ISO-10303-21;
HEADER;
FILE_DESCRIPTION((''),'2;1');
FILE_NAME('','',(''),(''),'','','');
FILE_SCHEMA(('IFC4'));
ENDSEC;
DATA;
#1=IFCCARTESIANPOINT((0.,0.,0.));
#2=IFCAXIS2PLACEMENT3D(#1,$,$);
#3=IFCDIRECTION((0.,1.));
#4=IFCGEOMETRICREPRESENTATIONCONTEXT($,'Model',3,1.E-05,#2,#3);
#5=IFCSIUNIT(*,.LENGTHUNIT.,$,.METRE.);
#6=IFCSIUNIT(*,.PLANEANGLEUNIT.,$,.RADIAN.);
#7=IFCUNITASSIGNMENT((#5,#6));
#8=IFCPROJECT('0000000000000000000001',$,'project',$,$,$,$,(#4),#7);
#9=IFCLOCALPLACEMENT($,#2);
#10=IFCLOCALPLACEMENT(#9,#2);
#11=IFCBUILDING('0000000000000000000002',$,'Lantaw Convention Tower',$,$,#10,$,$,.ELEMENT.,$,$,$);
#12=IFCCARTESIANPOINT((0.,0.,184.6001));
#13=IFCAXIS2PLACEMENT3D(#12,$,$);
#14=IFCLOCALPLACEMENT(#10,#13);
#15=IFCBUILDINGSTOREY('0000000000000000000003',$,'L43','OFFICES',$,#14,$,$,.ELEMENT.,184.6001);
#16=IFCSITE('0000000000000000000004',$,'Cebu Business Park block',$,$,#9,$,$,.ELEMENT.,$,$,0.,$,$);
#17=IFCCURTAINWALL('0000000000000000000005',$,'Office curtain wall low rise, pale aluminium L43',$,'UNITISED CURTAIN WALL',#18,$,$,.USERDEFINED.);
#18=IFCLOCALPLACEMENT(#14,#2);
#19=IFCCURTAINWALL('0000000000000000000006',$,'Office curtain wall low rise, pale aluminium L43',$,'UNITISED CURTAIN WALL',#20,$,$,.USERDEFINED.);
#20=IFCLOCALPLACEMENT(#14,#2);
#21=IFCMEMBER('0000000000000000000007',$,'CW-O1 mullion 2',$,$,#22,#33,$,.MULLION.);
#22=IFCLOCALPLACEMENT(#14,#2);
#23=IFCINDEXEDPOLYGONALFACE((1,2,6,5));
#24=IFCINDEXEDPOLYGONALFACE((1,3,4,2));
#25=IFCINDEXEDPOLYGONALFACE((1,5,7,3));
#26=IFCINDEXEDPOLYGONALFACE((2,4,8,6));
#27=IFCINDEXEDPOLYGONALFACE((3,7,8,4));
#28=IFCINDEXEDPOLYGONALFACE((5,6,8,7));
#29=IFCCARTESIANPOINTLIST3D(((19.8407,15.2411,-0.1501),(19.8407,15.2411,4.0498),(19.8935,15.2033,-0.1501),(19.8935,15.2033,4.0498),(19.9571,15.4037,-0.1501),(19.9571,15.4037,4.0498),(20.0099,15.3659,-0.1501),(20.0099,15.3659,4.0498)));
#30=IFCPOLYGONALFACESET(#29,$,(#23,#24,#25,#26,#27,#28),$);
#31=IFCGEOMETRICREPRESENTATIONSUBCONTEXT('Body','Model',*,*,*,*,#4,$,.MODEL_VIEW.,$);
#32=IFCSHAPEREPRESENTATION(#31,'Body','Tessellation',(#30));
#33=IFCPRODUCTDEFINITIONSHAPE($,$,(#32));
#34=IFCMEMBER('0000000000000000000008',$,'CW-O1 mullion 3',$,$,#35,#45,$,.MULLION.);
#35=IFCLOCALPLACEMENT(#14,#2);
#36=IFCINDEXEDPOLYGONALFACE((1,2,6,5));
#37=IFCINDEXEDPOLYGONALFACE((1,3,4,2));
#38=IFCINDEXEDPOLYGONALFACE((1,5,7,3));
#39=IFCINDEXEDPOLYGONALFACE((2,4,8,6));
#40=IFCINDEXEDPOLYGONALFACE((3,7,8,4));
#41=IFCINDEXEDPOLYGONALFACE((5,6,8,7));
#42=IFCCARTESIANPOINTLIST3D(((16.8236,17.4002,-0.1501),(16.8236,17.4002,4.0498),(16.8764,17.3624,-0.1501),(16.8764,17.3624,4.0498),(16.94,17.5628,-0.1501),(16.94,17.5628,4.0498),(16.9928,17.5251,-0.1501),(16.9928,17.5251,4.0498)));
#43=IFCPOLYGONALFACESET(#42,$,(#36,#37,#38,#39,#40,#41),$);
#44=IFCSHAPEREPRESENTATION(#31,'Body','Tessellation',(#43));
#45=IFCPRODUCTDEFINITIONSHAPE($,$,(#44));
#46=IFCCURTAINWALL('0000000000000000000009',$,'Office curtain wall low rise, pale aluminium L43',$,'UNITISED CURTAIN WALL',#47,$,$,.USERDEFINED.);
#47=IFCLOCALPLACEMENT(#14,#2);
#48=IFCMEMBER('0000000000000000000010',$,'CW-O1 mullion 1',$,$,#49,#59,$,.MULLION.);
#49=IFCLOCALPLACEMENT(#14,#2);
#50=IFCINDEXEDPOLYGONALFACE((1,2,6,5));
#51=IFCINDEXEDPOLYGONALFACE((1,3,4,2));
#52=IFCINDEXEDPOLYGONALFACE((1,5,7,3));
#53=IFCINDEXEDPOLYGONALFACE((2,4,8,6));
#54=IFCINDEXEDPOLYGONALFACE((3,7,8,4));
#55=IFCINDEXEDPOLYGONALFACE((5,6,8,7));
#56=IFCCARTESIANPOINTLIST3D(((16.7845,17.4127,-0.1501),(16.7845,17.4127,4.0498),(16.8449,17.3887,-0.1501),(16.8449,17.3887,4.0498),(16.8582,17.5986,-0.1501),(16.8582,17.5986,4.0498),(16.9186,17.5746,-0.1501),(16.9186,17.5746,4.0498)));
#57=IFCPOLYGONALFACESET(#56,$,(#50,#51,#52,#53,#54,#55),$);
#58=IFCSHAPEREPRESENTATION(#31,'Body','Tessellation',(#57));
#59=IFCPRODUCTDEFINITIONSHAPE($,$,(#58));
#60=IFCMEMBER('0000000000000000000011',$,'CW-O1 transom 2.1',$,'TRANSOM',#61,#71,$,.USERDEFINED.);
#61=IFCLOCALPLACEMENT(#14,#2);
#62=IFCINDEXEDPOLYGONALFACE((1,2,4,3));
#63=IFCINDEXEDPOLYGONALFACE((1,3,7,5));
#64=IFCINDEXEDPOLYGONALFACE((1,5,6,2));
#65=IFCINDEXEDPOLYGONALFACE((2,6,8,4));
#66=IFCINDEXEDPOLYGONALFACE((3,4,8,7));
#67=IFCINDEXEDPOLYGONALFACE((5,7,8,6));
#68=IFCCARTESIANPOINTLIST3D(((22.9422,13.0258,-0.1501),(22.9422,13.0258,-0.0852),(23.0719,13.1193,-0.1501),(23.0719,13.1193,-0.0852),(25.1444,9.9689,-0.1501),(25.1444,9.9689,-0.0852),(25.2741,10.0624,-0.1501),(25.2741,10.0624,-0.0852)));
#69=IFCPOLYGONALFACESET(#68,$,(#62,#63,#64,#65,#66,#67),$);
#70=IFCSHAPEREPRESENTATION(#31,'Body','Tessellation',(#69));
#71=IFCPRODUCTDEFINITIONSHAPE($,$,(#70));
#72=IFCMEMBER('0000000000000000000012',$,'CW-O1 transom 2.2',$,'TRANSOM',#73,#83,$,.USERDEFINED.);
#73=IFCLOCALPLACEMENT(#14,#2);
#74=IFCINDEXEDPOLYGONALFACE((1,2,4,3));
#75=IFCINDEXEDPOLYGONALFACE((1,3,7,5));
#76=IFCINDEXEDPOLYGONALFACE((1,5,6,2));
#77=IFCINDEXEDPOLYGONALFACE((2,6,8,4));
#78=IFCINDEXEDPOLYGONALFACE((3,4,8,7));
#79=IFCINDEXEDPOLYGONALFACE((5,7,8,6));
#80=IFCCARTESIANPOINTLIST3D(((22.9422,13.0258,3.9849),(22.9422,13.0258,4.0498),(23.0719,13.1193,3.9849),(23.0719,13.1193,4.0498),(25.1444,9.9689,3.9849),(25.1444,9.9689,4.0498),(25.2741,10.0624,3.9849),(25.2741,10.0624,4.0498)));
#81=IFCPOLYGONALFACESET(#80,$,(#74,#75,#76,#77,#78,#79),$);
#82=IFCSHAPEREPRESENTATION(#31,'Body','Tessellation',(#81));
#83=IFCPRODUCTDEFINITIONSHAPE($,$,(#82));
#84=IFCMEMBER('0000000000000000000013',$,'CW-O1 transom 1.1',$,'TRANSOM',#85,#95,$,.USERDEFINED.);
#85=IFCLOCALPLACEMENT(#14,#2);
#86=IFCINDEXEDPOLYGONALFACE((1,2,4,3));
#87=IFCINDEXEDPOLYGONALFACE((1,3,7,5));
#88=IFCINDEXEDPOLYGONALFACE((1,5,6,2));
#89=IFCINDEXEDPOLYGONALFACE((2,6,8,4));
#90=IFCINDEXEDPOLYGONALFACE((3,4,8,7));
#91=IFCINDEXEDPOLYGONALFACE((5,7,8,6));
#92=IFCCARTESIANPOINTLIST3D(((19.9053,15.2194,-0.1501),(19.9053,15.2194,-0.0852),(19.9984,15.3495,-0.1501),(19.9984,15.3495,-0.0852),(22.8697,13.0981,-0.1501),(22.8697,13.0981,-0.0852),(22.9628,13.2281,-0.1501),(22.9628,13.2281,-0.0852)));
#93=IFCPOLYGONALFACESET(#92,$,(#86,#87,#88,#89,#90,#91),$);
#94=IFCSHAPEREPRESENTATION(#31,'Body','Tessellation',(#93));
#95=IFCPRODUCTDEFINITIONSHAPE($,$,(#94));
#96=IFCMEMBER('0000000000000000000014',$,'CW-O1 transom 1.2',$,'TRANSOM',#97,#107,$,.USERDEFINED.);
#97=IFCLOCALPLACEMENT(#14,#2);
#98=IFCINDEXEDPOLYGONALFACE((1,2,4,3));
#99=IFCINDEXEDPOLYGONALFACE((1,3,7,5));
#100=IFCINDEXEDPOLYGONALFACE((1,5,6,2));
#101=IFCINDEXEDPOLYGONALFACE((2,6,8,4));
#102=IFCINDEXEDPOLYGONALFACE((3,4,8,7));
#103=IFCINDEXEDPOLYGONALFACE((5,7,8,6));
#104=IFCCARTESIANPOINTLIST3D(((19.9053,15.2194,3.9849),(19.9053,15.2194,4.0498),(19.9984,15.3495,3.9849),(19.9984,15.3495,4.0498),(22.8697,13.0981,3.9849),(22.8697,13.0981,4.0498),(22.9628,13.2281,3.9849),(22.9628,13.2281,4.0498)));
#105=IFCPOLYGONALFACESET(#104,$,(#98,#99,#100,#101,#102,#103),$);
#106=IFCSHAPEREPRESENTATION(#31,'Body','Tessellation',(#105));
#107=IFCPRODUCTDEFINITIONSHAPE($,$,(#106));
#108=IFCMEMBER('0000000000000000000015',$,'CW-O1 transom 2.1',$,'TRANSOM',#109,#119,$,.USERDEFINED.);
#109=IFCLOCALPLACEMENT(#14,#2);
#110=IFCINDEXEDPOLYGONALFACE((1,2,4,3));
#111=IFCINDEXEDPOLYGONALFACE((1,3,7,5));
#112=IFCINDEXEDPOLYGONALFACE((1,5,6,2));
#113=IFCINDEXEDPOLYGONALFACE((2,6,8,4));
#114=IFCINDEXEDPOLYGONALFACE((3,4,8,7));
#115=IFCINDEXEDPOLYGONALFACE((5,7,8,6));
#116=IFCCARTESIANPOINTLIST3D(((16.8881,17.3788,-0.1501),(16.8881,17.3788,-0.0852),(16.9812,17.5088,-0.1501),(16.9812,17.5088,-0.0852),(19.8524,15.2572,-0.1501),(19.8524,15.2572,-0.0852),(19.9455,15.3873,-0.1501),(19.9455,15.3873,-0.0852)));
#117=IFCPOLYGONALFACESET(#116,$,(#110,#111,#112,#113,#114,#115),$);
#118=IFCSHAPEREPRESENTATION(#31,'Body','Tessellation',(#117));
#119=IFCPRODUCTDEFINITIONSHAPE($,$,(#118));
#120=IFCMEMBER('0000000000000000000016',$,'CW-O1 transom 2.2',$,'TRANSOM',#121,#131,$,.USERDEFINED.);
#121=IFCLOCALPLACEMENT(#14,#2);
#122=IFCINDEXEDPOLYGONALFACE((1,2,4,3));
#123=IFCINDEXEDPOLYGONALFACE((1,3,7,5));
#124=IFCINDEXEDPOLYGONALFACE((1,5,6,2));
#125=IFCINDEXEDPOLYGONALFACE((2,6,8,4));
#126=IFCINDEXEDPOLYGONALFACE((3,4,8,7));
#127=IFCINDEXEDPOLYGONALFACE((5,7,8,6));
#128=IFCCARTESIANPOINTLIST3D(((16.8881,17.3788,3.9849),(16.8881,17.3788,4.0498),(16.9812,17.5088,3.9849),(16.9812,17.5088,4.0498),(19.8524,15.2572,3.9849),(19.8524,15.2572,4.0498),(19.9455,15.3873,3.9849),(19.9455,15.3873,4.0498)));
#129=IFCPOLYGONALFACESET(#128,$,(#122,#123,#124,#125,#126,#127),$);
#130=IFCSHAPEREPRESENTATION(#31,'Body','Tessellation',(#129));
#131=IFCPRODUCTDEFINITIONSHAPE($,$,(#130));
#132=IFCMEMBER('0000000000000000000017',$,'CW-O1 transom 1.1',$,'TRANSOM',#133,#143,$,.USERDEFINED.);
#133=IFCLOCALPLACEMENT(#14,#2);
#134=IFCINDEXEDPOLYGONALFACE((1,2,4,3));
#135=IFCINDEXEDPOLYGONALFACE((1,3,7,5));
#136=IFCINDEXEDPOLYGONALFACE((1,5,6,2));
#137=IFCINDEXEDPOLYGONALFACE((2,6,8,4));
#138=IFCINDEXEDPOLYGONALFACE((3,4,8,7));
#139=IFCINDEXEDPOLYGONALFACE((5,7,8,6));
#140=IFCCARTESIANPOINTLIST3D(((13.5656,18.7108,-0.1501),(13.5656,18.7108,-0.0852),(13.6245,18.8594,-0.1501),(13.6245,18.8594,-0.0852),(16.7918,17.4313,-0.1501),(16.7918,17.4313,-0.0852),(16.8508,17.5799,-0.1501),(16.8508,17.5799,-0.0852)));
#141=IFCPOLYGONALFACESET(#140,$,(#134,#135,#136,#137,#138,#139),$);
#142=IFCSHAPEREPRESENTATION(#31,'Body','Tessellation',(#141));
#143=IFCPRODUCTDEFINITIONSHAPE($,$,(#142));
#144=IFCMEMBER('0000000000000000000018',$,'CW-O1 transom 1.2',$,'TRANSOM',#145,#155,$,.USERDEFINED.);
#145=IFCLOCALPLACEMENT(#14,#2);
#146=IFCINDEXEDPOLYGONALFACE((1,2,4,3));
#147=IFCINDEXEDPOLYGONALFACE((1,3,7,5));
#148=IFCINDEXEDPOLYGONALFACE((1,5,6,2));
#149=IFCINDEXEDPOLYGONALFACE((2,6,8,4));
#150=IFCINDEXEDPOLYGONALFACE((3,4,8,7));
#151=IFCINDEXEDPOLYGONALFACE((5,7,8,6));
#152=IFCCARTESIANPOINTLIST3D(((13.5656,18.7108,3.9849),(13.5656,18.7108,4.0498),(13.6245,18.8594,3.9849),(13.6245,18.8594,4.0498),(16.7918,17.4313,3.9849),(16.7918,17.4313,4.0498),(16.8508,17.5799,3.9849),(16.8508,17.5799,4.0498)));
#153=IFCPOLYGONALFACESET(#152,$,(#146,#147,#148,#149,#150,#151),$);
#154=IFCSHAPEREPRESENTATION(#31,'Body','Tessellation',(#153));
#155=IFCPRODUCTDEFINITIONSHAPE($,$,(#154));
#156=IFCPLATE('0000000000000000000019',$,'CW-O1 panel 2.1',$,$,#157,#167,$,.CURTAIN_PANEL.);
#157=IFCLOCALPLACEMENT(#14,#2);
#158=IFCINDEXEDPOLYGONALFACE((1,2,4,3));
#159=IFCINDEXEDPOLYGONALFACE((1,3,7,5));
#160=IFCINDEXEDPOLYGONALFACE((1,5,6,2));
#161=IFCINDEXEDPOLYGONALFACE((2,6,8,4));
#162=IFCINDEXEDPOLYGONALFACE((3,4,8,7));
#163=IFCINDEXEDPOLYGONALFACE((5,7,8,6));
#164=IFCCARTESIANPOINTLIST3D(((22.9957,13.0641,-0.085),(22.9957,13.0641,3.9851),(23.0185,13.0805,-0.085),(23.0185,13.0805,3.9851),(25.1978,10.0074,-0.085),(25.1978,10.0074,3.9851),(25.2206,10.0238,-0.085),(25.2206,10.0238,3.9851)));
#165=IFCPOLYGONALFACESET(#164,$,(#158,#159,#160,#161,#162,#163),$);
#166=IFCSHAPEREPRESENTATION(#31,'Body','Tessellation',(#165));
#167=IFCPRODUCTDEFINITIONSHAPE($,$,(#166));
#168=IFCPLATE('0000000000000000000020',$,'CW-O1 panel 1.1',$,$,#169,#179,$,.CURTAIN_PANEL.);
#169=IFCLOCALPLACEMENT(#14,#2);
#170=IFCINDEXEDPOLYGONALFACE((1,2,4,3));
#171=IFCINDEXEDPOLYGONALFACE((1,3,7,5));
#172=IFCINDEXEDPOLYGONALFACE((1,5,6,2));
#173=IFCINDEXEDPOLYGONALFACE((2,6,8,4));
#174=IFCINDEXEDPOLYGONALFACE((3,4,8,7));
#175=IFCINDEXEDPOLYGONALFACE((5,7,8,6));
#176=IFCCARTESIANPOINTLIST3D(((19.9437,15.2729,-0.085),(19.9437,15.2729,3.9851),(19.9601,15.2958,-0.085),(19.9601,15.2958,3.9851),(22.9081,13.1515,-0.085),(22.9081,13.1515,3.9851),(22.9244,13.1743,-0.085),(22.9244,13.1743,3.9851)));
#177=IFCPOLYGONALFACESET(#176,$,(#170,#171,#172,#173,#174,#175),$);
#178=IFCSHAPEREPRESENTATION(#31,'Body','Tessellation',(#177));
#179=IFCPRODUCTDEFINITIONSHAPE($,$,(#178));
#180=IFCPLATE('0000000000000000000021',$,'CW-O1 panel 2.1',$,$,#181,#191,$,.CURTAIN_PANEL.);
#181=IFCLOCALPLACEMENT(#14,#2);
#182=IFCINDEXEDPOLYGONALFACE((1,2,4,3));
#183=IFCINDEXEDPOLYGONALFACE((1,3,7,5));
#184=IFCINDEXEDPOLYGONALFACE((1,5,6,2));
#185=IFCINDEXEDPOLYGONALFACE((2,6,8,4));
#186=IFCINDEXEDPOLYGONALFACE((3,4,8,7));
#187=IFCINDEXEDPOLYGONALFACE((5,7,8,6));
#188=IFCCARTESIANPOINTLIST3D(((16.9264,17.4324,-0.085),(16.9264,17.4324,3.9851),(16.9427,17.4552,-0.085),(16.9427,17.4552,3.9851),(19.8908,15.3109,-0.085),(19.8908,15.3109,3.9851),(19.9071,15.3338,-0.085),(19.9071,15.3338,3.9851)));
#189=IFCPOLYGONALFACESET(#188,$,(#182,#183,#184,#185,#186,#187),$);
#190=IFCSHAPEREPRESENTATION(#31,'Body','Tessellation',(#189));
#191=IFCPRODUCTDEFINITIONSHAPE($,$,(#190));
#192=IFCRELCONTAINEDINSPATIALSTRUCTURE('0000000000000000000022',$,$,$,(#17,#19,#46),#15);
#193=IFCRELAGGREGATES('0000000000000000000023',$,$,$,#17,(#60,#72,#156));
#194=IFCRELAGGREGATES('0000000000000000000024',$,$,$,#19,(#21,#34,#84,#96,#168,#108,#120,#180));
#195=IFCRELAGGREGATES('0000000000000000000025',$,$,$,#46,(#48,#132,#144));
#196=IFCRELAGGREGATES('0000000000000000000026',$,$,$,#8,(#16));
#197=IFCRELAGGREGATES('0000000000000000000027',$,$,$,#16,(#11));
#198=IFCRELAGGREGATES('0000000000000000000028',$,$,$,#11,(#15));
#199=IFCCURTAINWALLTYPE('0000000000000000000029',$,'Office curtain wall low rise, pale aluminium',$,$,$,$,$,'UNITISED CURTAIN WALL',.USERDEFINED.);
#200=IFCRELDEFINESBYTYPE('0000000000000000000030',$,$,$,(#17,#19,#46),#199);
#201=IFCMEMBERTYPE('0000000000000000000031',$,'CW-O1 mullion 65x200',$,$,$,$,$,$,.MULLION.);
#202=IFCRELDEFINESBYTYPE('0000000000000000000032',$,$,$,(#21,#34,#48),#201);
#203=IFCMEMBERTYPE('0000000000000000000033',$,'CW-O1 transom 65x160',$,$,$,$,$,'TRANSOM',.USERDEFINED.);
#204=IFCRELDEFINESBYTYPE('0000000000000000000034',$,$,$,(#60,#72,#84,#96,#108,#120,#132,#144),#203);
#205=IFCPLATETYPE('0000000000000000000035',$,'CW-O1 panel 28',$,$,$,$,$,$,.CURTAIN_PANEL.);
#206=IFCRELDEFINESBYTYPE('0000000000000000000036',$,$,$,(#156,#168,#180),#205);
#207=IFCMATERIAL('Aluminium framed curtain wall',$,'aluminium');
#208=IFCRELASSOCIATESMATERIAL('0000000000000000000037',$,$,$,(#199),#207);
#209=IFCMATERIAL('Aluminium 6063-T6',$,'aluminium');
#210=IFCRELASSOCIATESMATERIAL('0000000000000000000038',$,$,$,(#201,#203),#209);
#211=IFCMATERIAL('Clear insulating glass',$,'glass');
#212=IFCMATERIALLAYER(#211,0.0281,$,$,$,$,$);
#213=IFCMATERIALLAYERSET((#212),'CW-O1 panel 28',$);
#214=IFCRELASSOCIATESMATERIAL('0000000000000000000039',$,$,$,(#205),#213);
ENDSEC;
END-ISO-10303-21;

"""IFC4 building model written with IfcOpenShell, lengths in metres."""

from ifc_helpers import new_model, si_unit, direction, frame, origin, origin_2d, place, context, subcontext, project, spatial, rectangle, extrude, material, layer, layer_set, material_profile, profile_set, type_object, element, aggregate, save


model = new_model("IFC4")

# Units and contexts
model_context = context("Model", 3, precision=1e-05, world=origin(), true_north=direction((0.0, 1.0)))
body_context = subcontext(model_context, "Body", "Model", "MODEL_VIEW")
ifc_project = project(units=[si_unit("LENGTHUNIT", "METRE"), si_unit("PLANEANGLEUNIT", "RADIAN")], contexts=[model_context])

# Site, building, storey
site_placement = place(None, origin())
site = spatial("IfcSite", under=ifc_project, at=site_placement, Name="Cebu Business Park block", CompositionType="ELEMENT", RefElevation=0.0)
building_placement = place(site_placement, origin())
building = spatial("IfcBuilding", under=site, at=building_placement, Name="Lantaw Convention Tower", CompositionType="ELEMENT")
storey_placement = place(building_placement, frame((0.0, 0.0, 184.6001)))
storey = spatial("IfcBuildingStorey", under=building, at=storey_placement, Name="L43", Description="OFFICES", CompositionType="ELEMENT", Elevation=184.6001)

# Curtain walls, members
ifc_material_1 = material(Name="Aluminium framed curtain wall", Category="aluminium")
curtain_wall_type = type_object("IfcCurtainWallType", Name="Office curtain wall low rise, pale aluminium", ElementType="UNITISED CURTAIN WALL", PredefinedType="USERDEFINED", material=ifc_material_1)
curtain_wall_1_placement = place(storey_placement, origin())
curtain_wall_1 = element("IfcCurtainWall", 1, at=curtain_wall_1_placement, inside=storey, type_object=curtain_wall_type, Name="Office curtain wall low rise, pale aluminium L43", ObjectType="UNITISED CURTAIN WALL", PredefinedType="USERDEFINED")
ifc_material_2 = material(Name="Aluminium 6063-T6", Category="aluminium")
ifc_material_profile_1 = material_profile(ifc_material_2, rectangle(XDim=0.2, YDim=0.0649, at=origin_2d()), Name="CW-O1 mullion 65x200")
ifc_profile_set_1 = profile_set([ifc_material_profile_1], Name="Aluminium 6063-T6")
member_type_1 = type_object("IfcMemberType", Name="CW-O1 mullion 65x200", PredefinedType="MULLION", material=ifc_profile_set_1)
curtain_wall_2_placement = place(storey_placement, origin())
curtain_wall_2 = element("IfcCurtainWall", 2, at=curtain_wall_2_placement, inside=storey, type_object=curtain_wall_type, Name="Office curtain wall low rise, pale aluminium L43", ObjectType="UNITISED CURTAIN WALL", PredefinedType="USERDEFINED")
member_1_placement = place(storey_placement, frame((19.9253, 15.3035, -0.1501), z_axis=(0.0, 0.0, 1.0), x_axis=(-0.581973, -0.813208, 0.0)))
member_1 = element("IfcMember", 3, at=member_1_placement, type_object=member_type_1, Name="CW-O1 mullion 2", PredefinedType="MULLION", context=body_context, shape_type="SweptSolid", body=[
    extrude(rectangle(XDim=0.2, YDim=0.0649, at=origin_2d()), origin(), (0.0, 0.0, 1.0), 4.2),
])
member_2_placement = place(storey_placement, frame((16.9082, 17.4626, -0.1501), z_axis=(0.0, 0.0, 1.0), x_axis=(-0.581973, -0.813208, 0.0)))
member_2 = element("IfcMember", 4, at=member_2_placement, type_object=member_type_1, Name="CW-O1 mullion 3", PredefinedType="MULLION", context=body_context, shape_type="SweptSolid", body=[
    extrude(rectangle(XDim=0.2, YDim=0.0649, at=origin_2d()), origin(), (0.0, 0.0, 1.0), 4.2),
])

# Curtain wall, member
curtain_wall_3_placement = place(storey_placement, origin())
curtain_wall_3 = element("IfcCurtainWall", 5, at=curtain_wall_3_placement, inside=storey, type_object=curtain_wall_type, Name="Office curtain wall low rise, pale aluminium L43", ObjectType="UNITISED CURTAIN WALL", PredefinedType="USERDEFINED")
member_3_placement = place(storey_placement, frame((16.8516, 17.4937, -0.1501), z_axis=(0.0, 0.0, 1.0), x_axis=(-0.368702, -0.929548, 0.0)))
member_3 = element("IfcMember", 6, at=member_3_placement, type_object=member_type_1, Name="CW-O1 mullion 1", PredefinedType="MULLION", context=body_context, shape_type="SweptSolid", body=[
    extrude(rectangle(XDim=0.2, YDim=0.0649, at=origin_2d()), origin(), (0.0, 0.0, 1.0), 4.2),
])

# Members
ifc_material_profile_2 = material_profile(ifc_material_2, rectangle(XDim=0.1599, YDim=0.0649, at=origin_2d()), Name="CW-O1 transom 65x160")
ifc_profile_set_2 = profile_set([ifc_material_profile_2], Name="Aluminium 6063-T6")
member_type_2 = type_object("IfcMemberType", Name="CW-O1 transom 65x160", ElementType="TRANSOM", PredefinedType="USERDEFINED", material=ifc_profile_set_2)
member_4_placement = place(storey_placement, frame((25.2092, 10.0156, -0.1177), z_axis=(-0.584513, 0.811384, 0.0), x_axis=(-0.811384, -0.584513, 0.0)))
member_4 = element("IfcMember", 7, at=member_4_placement, type_object=member_type_2, Name="CW-O1 transom 2.1", ObjectType="TRANSOM", PredefinedType="USERDEFINED", context=body_context, shape_type="SweptSolid", body=[
    extrude(rectangle(XDim=0.1599, YDim=0.0649, at=origin_2d()), origin(), (0.0, 0.0, 1.0), 3.7676),
])
member_5_placement = place(storey_placement, frame((25.2092, 10.0156, 4.0173), z_axis=(-0.584513, 0.811384, 0.0), x_axis=(-0.811384, -0.584513, 0.0)))
member_5 = element("IfcMember", 8, at=member_5_placement, type_object=member_type_2, Name="CW-O1 transom 2.2", ObjectType="TRANSOM", PredefinedType="USERDEFINED", context=body_context, shape_type="SweptSolid", body=[
    extrude(rectangle(XDim=0.1599, YDim=0.0649, at=origin_2d()), origin(), (0.0, 0.0, 1.0), 3.7676),
])
member_6_placement = place(storey_placement, frame((22.9163, 13.1631, -0.1177), z_axis=(-0.813222, 0.581954, 0.0), x_axis=(-0.581954, -0.813222, 0.0)))
member_6 = element("IfcMember", 9, at=member_6_placement, type_object=member_type_2, Name="CW-O1 transom 1.1", ObjectType="TRANSOM", PredefinedType="USERDEFINED", context=body_context, shape_type="SweptSolid", body=[
    extrude(rectangle(XDim=0.1599, YDim=0.0649, at=origin_2d()), origin(), (0.0, 0.0, 1.0), 3.6453),
])
member_7_placement = place(storey_placement, frame((22.9163, 13.1631, 4.0173), z_axis=(-0.813222, 0.581954, 0.0), x_axis=(-0.581954, -0.813222, 0.0)))
member_7 = element("IfcMember", 10, at=member_7_placement, type_object=member_type_2, Name="CW-O1 transom 1.2", ObjectType="TRANSOM", PredefinedType="USERDEFINED", context=body_context, shape_type="SweptSolid", body=[
    extrude(rectangle(XDim=0.1599, YDim=0.0649, at=origin_2d()), origin(), (0.0, 0.0, 1.0), 3.6453),
])
member_8_placement = place(storey_placement, frame((19.8989, 15.3223, -0.1177), z_axis=(-0.81319, 0.581998, 0.0), x_axis=(-0.581998, -0.81319, 0.0)))
member_8 = element("IfcMember", 11, at=member_8_placement, type_object=member_type_2, Name="CW-O1 transom 2.1", ObjectType="TRANSOM", PredefinedType="USERDEFINED", context=body_context, shape_type="SweptSolid", body=[
    extrude(rectangle(XDim=0.1599, YDim=0.0649, at=origin_2d()), origin(), (0.0, 0.0, 1.0), 3.6453),
])
member_9_placement = place(storey_placement, frame((19.8989, 15.3223, 4.0173), z_axis=(-0.81319, 0.581998, 0.0), x_axis=(-0.581998, -0.81319, 0.0)))
member_9 = element("IfcMember", 12, at=member_9_placement, type_object=member_type_2, Name="CW-O1 transom 2.2", ObjectType="TRANSOM", PredefinedType="USERDEFINED", context=body_context, shape_type="SweptSolid", body=[
    extrude(rectangle(XDim=0.1599, YDim=0.0649, at=origin_2d()), origin(), (0.0, 0.0, 1.0), 3.6453),
])
member_10_placement = place(storey_placement, frame((16.8213, 17.5056, -0.1177), z_axis=(-0.929564, 0.36866, 0.0), x_axis=(-0.36866, -0.929564, 0.0)))
member_10 = element("IfcMember", 13, at=member_10_placement, type_object=member_type_2, Name="CW-O1 transom 1.1", ObjectType="TRANSOM", PredefinedType="USERDEFINED", context=body_context, shape_type="SweptSolid", body=[
    extrude(rectangle(XDim=0.1599, YDim=0.0649, at=origin_2d()), origin(), (0.0, 0.0, 1.0), 3.4707),
])
member_11_placement = place(storey_placement, frame((16.8213, 17.5056, 4.0173), z_axis=(-0.929564, 0.36866, 0.0), x_axis=(-0.36866, -0.929564, 0.0)))
member_11 = element("IfcMember", 14, at=member_11_placement, type_object=member_type_2, Name="CW-O1 transom 1.2", ObjectType="TRANSOM", PredefinedType="USERDEFINED", context=body_context, shape_type="SweptSolid", body=[
    extrude(rectangle(XDim=0.1599, YDim=0.0649, at=origin_2d()), origin(), (0.0, 0.0, 1.0), 3.4707),
])

# Plates
ifc_material_3 = material(Name="Clear insulating glass", Category="glass")
ifc_layer_1 = layer(ifc_material_3, 0.0281)
ifc_layer_set_1 = layer_set([ifc_layer_1], Name="CW-O1 panel 28")
plate_type_1 = type_object("IfcPlateType", Name="CW-O1 panel 28", PredefinedType="CURTAIN_PANEL", material=ifc_layer_set_1)
plate_1_placement = place(storey_placement, frame((24.1082, 11.5439, -0.085), z_axis=(0.0, 0.0, 1.0), x_axis=(-0.584513, 0.811385, 0.0)))
plate_1 = element("IfcPlate", 15, at=plate_1_placement, type_object=plate_type_1, Name="CW-O1 panel 2.1", PredefinedType="CURTAIN_PANEL", context=body_context, shape_type="SweptSolid", body=[
    extrude(rectangle(XDim=3.7673, YDim=0.0281, at=origin_2d()), origin(), (0.0, 0.0, 1.0), 4.0701),
])
aggregate(curtain_wall_1, [member_4, member_5, plate_1])
plate_2_placement = place(storey_placement, frame((21.4341, 14.2236, -0.085), z_axis=(0.0, 0.0, 1.0), x_axis=(-0.813208, 0.581973, 0.0)))
plate_2 = element("IfcPlate", 16, at=plate_2_placement, type_object=plate_type_1, Name="CW-O1 panel 1.1", PredefinedType="CURTAIN_PANEL", context=body_context, shape_type="SweptSolid", body=[
    extrude(rectangle(XDim=3.6453, YDim=0.0281, at=origin_2d()), origin(), (0.0, 0.0, 1.0), 4.0701),
])
plate_3_placement = place(storey_placement, frame((18.4167, 16.3831, -0.085), z_axis=(0.0, 0.0, 1.0), x_axis=(-0.813208, 0.581973, 0.0)))
plate_3 = element("IfcPlate", 17, at=plate_3_placement, type_object=plate_type_1, Name="CW-O1 panel 2.1", PredefinedType="CURTAIN_PANEL", context=body_context, shape_type="SweptSolid", body=[
    extrude(rectangle(XDim=3.6453, YDim=0.0281, at=origin_2d()), origin(), (0.0, 0.0, 1.0), 4.0701),
])
aggregate(curtain_wall_2, [member_1, member_2, member_6, member_7, plate_2, member_8, member_9, plate_3])
aggregate(curtain_wall_3, [member_3, member_10, member_11])

save(model, "model.ifc")
